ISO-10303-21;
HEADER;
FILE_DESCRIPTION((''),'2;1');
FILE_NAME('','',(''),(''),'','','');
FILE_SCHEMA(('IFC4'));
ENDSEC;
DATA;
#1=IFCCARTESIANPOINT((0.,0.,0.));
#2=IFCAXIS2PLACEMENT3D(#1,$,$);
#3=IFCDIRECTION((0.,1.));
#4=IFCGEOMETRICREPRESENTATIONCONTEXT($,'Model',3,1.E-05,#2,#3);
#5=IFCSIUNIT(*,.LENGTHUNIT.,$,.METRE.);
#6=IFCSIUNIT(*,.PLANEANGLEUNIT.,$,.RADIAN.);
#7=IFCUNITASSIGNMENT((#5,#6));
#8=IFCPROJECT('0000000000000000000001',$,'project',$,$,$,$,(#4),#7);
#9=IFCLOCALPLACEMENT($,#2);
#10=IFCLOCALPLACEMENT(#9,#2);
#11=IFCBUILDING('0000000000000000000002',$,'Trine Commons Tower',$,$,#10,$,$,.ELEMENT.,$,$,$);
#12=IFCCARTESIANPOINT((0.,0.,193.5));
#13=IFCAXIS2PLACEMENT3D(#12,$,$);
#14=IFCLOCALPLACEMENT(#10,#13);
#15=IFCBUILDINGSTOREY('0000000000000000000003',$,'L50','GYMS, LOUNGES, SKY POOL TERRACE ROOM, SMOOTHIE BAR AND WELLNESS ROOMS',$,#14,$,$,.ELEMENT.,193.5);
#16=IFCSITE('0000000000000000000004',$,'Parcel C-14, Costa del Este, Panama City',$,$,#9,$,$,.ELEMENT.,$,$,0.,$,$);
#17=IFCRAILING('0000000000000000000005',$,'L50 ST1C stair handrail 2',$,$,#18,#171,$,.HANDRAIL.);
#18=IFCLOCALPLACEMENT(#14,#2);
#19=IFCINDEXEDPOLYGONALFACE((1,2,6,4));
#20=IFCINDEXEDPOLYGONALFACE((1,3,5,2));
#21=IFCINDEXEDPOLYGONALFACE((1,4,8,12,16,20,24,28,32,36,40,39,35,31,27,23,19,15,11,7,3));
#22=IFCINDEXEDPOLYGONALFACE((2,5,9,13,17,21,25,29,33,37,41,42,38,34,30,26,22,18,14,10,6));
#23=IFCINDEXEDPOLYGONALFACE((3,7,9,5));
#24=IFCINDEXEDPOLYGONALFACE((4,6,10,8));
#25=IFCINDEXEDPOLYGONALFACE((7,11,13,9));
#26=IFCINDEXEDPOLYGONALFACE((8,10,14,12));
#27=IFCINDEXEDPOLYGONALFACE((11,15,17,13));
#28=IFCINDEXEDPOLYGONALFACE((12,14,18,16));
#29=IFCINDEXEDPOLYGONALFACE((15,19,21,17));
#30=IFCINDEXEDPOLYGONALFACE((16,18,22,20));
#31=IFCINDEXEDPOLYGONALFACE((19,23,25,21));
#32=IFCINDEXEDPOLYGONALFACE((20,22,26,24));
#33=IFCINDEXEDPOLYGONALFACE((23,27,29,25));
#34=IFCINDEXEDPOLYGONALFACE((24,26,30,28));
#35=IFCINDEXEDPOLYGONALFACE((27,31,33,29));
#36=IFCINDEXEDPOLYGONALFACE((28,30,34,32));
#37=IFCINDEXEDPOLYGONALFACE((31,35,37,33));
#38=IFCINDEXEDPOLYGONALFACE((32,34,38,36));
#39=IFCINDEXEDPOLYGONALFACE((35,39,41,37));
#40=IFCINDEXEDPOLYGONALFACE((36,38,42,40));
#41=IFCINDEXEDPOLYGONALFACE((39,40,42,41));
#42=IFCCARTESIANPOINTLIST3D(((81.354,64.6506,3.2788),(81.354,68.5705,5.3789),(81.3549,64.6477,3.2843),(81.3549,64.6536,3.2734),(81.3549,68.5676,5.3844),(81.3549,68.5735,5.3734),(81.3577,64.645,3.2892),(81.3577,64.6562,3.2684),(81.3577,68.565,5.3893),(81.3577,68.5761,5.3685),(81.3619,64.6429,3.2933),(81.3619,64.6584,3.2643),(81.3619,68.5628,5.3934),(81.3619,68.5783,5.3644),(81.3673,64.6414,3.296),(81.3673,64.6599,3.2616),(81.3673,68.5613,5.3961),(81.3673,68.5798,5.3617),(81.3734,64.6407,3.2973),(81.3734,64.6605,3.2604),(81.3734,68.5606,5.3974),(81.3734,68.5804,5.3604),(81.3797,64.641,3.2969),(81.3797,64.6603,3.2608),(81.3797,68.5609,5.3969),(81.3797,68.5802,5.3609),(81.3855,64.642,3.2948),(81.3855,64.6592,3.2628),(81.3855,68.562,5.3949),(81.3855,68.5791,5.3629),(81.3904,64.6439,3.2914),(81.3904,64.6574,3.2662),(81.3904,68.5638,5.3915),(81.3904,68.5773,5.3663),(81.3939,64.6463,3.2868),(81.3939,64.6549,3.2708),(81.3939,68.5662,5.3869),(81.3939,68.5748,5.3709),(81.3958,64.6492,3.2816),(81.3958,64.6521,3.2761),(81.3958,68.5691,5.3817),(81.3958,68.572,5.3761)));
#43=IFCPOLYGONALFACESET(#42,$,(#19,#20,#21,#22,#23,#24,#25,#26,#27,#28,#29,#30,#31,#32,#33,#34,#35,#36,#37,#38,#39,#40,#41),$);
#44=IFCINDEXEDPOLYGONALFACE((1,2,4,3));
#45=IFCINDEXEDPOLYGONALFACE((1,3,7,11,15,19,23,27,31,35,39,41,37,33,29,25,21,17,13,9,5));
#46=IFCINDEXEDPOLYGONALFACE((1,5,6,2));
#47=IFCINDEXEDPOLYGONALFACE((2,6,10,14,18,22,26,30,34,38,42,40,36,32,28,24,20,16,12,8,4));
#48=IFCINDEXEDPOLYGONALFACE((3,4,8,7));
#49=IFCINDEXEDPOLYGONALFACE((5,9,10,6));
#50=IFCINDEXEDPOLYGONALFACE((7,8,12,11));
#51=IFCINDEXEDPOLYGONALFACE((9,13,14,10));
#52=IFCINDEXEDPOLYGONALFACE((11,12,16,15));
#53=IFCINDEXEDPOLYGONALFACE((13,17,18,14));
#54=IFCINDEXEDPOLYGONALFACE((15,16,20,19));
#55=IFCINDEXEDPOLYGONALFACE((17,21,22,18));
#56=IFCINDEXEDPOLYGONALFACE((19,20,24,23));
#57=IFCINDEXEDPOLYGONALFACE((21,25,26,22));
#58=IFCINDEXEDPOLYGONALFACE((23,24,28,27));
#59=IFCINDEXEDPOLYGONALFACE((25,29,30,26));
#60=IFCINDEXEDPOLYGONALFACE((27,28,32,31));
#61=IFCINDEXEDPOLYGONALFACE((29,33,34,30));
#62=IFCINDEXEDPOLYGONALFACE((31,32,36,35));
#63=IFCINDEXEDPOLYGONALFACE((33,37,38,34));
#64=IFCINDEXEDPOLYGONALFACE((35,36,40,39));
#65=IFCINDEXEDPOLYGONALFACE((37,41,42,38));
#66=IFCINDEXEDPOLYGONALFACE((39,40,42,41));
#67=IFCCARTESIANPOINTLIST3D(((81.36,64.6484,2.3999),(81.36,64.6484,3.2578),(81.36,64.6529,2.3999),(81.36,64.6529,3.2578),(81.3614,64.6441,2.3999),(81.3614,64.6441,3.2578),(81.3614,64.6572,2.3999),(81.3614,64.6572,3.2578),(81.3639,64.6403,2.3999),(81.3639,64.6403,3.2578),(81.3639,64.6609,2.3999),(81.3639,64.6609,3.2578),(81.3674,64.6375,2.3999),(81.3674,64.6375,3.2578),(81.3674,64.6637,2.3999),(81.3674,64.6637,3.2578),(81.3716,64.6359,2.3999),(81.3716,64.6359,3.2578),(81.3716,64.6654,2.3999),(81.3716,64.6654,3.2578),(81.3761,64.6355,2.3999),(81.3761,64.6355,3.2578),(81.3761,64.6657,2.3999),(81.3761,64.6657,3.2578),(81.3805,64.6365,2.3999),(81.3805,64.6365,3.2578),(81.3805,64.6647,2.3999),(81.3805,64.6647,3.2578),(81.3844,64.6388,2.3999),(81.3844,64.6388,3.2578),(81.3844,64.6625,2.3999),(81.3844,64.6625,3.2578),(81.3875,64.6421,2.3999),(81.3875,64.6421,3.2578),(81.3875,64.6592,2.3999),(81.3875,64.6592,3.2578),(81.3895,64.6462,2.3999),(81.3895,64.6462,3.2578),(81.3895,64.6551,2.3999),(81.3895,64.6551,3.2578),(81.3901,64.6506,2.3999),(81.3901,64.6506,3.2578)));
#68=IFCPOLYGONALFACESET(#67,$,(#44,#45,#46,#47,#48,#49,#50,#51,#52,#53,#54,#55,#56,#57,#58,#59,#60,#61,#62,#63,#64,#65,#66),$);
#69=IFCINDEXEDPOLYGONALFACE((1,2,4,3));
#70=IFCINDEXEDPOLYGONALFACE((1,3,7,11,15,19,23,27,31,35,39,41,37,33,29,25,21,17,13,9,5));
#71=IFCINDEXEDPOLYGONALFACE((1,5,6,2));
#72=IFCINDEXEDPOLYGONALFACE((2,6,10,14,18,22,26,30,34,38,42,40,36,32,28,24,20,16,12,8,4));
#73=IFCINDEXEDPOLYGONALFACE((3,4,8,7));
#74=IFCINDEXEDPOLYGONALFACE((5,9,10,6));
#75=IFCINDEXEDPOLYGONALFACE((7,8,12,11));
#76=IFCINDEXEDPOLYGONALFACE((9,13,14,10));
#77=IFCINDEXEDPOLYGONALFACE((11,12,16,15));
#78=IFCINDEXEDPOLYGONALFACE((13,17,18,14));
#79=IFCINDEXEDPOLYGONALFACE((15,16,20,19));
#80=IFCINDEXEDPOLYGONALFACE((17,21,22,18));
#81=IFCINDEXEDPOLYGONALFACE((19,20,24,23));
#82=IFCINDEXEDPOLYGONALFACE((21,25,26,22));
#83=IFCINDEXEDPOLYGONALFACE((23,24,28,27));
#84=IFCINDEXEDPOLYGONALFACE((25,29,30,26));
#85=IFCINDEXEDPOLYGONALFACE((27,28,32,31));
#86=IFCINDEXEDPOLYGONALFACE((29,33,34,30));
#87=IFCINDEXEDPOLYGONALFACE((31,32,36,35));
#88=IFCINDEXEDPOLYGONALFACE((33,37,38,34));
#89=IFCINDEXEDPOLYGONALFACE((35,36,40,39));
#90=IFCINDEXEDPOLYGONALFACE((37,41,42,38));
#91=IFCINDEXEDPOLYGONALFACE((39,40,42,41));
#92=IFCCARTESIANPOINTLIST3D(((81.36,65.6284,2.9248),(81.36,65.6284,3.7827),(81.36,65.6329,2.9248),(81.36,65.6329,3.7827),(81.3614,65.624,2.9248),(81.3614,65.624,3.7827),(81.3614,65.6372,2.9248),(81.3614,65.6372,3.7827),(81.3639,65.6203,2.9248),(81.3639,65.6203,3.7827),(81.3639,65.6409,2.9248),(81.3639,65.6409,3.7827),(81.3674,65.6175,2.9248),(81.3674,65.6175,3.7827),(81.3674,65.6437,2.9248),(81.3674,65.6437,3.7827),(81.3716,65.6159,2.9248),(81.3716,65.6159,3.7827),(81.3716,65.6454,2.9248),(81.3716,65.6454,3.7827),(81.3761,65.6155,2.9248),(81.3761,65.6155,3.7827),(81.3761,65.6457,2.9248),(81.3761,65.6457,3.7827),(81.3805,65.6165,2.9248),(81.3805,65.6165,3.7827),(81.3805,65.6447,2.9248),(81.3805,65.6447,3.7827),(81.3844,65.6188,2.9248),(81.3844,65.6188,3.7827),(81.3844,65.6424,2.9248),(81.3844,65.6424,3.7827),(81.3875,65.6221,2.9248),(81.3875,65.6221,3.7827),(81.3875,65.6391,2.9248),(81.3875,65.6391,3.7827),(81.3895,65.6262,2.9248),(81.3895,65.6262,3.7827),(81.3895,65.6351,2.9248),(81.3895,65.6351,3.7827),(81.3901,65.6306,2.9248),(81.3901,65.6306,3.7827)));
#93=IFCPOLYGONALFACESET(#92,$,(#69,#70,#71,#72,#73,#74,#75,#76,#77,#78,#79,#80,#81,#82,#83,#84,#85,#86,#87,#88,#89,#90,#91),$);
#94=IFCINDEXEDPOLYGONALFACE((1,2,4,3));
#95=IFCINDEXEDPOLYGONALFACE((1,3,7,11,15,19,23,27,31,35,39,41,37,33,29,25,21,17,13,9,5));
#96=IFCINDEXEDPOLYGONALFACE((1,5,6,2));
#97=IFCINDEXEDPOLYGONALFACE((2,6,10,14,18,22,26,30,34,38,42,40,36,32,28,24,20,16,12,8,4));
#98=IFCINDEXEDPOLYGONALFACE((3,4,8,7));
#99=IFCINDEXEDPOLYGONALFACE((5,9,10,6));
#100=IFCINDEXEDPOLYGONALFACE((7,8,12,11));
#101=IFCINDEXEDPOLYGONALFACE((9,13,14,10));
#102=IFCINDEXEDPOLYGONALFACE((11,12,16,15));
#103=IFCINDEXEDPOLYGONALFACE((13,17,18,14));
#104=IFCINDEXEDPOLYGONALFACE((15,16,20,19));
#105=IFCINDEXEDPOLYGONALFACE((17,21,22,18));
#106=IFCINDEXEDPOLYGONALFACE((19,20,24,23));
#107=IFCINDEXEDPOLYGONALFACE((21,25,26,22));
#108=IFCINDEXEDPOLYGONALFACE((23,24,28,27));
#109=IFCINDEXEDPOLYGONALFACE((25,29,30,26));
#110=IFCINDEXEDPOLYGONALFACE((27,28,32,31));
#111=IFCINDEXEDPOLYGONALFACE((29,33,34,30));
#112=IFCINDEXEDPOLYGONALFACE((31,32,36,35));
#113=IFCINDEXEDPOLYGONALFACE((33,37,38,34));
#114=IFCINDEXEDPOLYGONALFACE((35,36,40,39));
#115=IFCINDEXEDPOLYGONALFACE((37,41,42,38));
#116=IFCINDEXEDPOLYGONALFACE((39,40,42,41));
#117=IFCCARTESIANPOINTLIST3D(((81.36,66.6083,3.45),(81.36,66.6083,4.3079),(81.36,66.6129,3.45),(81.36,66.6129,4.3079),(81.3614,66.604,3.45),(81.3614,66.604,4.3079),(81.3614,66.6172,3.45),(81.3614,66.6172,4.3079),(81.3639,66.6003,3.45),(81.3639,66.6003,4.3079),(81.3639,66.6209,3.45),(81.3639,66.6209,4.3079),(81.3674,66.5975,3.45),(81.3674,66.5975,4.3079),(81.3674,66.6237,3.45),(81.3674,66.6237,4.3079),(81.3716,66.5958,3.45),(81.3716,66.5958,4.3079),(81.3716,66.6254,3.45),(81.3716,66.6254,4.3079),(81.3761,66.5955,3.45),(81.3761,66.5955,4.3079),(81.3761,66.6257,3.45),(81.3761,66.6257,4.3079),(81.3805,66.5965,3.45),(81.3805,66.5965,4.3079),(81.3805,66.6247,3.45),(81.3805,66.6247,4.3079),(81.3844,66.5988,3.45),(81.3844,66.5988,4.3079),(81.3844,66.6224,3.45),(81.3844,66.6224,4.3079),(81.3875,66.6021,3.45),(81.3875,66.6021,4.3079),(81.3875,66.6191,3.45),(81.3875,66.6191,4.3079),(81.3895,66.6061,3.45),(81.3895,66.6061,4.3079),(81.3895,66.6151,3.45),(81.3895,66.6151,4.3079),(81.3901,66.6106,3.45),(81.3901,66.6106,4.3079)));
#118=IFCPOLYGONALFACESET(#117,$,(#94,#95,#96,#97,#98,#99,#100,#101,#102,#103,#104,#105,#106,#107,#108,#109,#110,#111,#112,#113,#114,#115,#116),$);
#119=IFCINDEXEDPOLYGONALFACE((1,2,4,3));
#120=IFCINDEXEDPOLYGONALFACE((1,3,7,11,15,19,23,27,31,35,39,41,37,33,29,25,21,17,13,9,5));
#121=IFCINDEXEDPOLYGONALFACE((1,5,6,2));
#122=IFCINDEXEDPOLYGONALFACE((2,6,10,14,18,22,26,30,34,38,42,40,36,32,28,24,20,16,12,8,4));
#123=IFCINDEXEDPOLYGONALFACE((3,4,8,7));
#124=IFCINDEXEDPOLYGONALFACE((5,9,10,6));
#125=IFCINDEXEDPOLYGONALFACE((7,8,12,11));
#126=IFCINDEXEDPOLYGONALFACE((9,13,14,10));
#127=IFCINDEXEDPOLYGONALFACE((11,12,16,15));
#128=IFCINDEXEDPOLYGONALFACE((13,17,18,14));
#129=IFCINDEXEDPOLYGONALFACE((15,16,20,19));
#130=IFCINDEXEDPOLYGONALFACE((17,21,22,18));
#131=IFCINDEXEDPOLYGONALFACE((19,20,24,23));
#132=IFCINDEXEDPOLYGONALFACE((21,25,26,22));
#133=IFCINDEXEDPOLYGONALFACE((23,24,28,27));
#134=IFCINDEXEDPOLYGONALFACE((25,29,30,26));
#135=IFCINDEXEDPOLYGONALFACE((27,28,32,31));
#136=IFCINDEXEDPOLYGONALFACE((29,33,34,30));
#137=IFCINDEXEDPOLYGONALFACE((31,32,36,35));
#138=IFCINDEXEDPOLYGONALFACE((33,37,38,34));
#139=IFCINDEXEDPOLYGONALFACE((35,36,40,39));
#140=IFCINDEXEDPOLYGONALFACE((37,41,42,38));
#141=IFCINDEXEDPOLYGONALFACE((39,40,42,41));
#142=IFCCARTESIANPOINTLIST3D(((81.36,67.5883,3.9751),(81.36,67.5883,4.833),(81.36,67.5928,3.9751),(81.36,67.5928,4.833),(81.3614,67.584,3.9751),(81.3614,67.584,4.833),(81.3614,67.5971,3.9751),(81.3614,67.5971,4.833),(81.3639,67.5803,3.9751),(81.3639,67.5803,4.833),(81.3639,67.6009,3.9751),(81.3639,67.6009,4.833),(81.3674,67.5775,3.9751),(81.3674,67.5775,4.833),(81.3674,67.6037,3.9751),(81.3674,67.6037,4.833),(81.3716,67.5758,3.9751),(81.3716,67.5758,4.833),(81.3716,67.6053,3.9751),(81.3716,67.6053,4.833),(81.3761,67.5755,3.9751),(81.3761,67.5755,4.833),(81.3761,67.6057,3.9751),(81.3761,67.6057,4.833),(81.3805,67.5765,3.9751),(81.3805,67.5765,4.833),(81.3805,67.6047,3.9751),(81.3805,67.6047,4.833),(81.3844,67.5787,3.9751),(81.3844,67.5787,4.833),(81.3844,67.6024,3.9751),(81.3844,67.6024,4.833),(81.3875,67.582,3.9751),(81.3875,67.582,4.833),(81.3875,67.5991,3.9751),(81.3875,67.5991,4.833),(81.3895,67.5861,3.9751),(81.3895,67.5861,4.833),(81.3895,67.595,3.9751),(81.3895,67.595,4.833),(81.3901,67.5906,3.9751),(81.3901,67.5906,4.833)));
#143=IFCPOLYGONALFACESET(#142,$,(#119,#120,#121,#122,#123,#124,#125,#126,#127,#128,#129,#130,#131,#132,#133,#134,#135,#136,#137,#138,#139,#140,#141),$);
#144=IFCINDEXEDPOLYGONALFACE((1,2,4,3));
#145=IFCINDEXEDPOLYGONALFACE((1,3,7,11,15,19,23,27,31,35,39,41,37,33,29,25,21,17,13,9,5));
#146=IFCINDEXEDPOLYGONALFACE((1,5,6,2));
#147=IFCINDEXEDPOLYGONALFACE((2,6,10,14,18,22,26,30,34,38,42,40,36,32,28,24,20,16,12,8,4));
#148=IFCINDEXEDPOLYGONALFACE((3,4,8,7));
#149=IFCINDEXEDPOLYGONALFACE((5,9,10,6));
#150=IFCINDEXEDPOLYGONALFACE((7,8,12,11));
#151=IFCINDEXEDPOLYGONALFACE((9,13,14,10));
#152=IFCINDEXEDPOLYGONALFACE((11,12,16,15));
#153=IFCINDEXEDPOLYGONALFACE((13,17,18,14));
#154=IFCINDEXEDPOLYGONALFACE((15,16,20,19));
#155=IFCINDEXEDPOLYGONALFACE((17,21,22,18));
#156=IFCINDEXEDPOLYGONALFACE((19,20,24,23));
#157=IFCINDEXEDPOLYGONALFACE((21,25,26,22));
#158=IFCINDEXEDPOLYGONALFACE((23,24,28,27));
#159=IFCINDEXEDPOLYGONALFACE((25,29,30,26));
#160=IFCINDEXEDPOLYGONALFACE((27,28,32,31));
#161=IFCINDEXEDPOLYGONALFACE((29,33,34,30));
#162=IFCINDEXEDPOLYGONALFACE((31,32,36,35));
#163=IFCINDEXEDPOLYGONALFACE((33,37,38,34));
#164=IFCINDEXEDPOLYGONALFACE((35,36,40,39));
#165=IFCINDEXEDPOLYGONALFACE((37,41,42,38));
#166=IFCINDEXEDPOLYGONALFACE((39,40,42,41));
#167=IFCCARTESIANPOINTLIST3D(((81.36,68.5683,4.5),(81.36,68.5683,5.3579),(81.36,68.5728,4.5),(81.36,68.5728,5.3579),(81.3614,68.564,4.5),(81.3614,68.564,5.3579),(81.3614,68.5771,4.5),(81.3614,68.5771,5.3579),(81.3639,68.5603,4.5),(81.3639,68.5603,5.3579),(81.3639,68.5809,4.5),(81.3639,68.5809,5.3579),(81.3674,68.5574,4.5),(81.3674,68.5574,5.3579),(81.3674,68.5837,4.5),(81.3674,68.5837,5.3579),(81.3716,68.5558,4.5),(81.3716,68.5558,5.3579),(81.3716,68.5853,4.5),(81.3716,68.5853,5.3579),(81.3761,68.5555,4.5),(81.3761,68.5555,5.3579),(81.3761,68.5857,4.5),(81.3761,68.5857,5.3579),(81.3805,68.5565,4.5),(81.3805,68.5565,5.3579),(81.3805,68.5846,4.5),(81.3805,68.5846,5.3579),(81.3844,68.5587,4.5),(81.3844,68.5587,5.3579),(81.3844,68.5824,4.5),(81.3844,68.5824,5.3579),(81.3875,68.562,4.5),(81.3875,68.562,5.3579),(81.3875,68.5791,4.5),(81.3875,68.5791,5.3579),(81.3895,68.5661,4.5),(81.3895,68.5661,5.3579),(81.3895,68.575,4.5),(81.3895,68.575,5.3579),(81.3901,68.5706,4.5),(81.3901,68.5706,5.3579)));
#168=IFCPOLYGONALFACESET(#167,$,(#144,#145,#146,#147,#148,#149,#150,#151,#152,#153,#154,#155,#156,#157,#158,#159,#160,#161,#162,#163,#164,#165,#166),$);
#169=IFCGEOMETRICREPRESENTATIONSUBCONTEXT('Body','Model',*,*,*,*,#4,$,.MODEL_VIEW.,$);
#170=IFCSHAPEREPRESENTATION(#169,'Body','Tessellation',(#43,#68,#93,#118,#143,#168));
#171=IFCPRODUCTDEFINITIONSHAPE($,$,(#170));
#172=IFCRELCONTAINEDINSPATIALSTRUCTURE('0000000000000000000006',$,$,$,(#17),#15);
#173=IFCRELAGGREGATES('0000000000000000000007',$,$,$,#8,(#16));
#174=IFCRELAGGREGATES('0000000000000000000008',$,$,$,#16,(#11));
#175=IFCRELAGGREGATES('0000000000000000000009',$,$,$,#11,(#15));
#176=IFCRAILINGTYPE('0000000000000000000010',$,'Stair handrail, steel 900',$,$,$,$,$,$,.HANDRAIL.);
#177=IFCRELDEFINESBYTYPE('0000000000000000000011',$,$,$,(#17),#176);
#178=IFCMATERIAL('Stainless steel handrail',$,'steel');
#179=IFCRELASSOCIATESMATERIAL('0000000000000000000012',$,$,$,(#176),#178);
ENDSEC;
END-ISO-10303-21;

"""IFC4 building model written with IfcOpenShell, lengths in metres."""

from ifc_helpers import new_model, si_unit, direction, frame, origin, origin_2d, place, context, subcontext, project, spatial, circle, extrude, material, type_object, element, save


model = new_model("IFC4")

# Units and contexts
model_context = context("Model", 3, precision=1e-05, world=origin(), true_north=direction((0.0, 1.0)))
body_context = subcontext(model_context, "Body", "Model", "MODEL_VIEW")
ifc_project = project(units=[si_unit("LENGTHUNIT", "METRE"), si_unit("PLANEANGLEUNIT", "RADIAN")], contexts=[model_context])

# Site, building, storey
site_placement = place(None, origin())
site = spatial("IfcSite", under=ifc_project, at=site_placement, Name="Parcel C-14, Costa del Este, Panama City", CompositionType="ELEMENT", RefElevation=0.0)
building_placement = place(site_placement, origin())
building = spatial("IfcBuilding", under=site, at=building_placement, Name="Trine Commons Tower", CompositionType="ELEMENT")
storey_placement = place(building_placement, frame((0.0, 0.0, 193.5)))
storey = spatial("IfcBuildingStorey", under=building, at=storey_placement, Name="L50", Description="GYMS, LOUNGES, SKY POOL TERRACE ROOM, SMOOTHIE BAR AND WELLNESS ROOMS", CompositionType="ELEMENT", Elevation=193.5)

# Railing
ifc_material_1 = material(Name="Stainless steel handrail", Category="steel")
railing_type_1 = type_object("IfcRailingType", Name="Stair handrail, steel 900", PredefinedType="HANDRAIL", material=ifc_material_1)
railing_1_placement = place(storey_placement, frame((81.375, 64.6506, 2.3999)))
element("IfcRailing", 1, at=railing_1_placement, inside=storey, type_object=railing_type_1, Name="L50 ST1C stair handrail 2", PredefinedType="HANDRAIL", context=body_context, shape_type="SweptSolid", body=[
    extrude(circle(Radius=0.021, at=origin_2d()), frame((0.0, 0.0, 0.8789), z_axis=(0.0, 0.881467, 0.472246), x_axis=(-1.0, 0.0, 0.0)), (0.0, 0.0, 1.0), 4.447),
    extrude(circle(Radius=0.0151, at=origin_2d()), origin(), (0.0, 0.0, 1.0), 0.8579),
    extrude(circle(Radius=0.0151, at=origin_2d()), frame((0.0, 0.98, 0.5249)), (0.0, 0.0, 1.0), 0.8579),
    extrude(circle(Radius=0.0151, at=origin_2d()), frame((0.0, 1.96, 1.05)), (0.0, 0.0, 1.0), 0.8579),
    extrude(circle(Radius=0.0151, at=origin_2d()), frame((0.0, 2.9399, 1.5752)), (0.0, 0.0, 1.0), 0.8579),
    extrude(circle(Radius=0.0151, at=origin_2d()), frame((0.0, 3.9199, 2.1001)), (0.0, 0.0, 1.0), 0.8579),
])

save(model, "model.ifc")
